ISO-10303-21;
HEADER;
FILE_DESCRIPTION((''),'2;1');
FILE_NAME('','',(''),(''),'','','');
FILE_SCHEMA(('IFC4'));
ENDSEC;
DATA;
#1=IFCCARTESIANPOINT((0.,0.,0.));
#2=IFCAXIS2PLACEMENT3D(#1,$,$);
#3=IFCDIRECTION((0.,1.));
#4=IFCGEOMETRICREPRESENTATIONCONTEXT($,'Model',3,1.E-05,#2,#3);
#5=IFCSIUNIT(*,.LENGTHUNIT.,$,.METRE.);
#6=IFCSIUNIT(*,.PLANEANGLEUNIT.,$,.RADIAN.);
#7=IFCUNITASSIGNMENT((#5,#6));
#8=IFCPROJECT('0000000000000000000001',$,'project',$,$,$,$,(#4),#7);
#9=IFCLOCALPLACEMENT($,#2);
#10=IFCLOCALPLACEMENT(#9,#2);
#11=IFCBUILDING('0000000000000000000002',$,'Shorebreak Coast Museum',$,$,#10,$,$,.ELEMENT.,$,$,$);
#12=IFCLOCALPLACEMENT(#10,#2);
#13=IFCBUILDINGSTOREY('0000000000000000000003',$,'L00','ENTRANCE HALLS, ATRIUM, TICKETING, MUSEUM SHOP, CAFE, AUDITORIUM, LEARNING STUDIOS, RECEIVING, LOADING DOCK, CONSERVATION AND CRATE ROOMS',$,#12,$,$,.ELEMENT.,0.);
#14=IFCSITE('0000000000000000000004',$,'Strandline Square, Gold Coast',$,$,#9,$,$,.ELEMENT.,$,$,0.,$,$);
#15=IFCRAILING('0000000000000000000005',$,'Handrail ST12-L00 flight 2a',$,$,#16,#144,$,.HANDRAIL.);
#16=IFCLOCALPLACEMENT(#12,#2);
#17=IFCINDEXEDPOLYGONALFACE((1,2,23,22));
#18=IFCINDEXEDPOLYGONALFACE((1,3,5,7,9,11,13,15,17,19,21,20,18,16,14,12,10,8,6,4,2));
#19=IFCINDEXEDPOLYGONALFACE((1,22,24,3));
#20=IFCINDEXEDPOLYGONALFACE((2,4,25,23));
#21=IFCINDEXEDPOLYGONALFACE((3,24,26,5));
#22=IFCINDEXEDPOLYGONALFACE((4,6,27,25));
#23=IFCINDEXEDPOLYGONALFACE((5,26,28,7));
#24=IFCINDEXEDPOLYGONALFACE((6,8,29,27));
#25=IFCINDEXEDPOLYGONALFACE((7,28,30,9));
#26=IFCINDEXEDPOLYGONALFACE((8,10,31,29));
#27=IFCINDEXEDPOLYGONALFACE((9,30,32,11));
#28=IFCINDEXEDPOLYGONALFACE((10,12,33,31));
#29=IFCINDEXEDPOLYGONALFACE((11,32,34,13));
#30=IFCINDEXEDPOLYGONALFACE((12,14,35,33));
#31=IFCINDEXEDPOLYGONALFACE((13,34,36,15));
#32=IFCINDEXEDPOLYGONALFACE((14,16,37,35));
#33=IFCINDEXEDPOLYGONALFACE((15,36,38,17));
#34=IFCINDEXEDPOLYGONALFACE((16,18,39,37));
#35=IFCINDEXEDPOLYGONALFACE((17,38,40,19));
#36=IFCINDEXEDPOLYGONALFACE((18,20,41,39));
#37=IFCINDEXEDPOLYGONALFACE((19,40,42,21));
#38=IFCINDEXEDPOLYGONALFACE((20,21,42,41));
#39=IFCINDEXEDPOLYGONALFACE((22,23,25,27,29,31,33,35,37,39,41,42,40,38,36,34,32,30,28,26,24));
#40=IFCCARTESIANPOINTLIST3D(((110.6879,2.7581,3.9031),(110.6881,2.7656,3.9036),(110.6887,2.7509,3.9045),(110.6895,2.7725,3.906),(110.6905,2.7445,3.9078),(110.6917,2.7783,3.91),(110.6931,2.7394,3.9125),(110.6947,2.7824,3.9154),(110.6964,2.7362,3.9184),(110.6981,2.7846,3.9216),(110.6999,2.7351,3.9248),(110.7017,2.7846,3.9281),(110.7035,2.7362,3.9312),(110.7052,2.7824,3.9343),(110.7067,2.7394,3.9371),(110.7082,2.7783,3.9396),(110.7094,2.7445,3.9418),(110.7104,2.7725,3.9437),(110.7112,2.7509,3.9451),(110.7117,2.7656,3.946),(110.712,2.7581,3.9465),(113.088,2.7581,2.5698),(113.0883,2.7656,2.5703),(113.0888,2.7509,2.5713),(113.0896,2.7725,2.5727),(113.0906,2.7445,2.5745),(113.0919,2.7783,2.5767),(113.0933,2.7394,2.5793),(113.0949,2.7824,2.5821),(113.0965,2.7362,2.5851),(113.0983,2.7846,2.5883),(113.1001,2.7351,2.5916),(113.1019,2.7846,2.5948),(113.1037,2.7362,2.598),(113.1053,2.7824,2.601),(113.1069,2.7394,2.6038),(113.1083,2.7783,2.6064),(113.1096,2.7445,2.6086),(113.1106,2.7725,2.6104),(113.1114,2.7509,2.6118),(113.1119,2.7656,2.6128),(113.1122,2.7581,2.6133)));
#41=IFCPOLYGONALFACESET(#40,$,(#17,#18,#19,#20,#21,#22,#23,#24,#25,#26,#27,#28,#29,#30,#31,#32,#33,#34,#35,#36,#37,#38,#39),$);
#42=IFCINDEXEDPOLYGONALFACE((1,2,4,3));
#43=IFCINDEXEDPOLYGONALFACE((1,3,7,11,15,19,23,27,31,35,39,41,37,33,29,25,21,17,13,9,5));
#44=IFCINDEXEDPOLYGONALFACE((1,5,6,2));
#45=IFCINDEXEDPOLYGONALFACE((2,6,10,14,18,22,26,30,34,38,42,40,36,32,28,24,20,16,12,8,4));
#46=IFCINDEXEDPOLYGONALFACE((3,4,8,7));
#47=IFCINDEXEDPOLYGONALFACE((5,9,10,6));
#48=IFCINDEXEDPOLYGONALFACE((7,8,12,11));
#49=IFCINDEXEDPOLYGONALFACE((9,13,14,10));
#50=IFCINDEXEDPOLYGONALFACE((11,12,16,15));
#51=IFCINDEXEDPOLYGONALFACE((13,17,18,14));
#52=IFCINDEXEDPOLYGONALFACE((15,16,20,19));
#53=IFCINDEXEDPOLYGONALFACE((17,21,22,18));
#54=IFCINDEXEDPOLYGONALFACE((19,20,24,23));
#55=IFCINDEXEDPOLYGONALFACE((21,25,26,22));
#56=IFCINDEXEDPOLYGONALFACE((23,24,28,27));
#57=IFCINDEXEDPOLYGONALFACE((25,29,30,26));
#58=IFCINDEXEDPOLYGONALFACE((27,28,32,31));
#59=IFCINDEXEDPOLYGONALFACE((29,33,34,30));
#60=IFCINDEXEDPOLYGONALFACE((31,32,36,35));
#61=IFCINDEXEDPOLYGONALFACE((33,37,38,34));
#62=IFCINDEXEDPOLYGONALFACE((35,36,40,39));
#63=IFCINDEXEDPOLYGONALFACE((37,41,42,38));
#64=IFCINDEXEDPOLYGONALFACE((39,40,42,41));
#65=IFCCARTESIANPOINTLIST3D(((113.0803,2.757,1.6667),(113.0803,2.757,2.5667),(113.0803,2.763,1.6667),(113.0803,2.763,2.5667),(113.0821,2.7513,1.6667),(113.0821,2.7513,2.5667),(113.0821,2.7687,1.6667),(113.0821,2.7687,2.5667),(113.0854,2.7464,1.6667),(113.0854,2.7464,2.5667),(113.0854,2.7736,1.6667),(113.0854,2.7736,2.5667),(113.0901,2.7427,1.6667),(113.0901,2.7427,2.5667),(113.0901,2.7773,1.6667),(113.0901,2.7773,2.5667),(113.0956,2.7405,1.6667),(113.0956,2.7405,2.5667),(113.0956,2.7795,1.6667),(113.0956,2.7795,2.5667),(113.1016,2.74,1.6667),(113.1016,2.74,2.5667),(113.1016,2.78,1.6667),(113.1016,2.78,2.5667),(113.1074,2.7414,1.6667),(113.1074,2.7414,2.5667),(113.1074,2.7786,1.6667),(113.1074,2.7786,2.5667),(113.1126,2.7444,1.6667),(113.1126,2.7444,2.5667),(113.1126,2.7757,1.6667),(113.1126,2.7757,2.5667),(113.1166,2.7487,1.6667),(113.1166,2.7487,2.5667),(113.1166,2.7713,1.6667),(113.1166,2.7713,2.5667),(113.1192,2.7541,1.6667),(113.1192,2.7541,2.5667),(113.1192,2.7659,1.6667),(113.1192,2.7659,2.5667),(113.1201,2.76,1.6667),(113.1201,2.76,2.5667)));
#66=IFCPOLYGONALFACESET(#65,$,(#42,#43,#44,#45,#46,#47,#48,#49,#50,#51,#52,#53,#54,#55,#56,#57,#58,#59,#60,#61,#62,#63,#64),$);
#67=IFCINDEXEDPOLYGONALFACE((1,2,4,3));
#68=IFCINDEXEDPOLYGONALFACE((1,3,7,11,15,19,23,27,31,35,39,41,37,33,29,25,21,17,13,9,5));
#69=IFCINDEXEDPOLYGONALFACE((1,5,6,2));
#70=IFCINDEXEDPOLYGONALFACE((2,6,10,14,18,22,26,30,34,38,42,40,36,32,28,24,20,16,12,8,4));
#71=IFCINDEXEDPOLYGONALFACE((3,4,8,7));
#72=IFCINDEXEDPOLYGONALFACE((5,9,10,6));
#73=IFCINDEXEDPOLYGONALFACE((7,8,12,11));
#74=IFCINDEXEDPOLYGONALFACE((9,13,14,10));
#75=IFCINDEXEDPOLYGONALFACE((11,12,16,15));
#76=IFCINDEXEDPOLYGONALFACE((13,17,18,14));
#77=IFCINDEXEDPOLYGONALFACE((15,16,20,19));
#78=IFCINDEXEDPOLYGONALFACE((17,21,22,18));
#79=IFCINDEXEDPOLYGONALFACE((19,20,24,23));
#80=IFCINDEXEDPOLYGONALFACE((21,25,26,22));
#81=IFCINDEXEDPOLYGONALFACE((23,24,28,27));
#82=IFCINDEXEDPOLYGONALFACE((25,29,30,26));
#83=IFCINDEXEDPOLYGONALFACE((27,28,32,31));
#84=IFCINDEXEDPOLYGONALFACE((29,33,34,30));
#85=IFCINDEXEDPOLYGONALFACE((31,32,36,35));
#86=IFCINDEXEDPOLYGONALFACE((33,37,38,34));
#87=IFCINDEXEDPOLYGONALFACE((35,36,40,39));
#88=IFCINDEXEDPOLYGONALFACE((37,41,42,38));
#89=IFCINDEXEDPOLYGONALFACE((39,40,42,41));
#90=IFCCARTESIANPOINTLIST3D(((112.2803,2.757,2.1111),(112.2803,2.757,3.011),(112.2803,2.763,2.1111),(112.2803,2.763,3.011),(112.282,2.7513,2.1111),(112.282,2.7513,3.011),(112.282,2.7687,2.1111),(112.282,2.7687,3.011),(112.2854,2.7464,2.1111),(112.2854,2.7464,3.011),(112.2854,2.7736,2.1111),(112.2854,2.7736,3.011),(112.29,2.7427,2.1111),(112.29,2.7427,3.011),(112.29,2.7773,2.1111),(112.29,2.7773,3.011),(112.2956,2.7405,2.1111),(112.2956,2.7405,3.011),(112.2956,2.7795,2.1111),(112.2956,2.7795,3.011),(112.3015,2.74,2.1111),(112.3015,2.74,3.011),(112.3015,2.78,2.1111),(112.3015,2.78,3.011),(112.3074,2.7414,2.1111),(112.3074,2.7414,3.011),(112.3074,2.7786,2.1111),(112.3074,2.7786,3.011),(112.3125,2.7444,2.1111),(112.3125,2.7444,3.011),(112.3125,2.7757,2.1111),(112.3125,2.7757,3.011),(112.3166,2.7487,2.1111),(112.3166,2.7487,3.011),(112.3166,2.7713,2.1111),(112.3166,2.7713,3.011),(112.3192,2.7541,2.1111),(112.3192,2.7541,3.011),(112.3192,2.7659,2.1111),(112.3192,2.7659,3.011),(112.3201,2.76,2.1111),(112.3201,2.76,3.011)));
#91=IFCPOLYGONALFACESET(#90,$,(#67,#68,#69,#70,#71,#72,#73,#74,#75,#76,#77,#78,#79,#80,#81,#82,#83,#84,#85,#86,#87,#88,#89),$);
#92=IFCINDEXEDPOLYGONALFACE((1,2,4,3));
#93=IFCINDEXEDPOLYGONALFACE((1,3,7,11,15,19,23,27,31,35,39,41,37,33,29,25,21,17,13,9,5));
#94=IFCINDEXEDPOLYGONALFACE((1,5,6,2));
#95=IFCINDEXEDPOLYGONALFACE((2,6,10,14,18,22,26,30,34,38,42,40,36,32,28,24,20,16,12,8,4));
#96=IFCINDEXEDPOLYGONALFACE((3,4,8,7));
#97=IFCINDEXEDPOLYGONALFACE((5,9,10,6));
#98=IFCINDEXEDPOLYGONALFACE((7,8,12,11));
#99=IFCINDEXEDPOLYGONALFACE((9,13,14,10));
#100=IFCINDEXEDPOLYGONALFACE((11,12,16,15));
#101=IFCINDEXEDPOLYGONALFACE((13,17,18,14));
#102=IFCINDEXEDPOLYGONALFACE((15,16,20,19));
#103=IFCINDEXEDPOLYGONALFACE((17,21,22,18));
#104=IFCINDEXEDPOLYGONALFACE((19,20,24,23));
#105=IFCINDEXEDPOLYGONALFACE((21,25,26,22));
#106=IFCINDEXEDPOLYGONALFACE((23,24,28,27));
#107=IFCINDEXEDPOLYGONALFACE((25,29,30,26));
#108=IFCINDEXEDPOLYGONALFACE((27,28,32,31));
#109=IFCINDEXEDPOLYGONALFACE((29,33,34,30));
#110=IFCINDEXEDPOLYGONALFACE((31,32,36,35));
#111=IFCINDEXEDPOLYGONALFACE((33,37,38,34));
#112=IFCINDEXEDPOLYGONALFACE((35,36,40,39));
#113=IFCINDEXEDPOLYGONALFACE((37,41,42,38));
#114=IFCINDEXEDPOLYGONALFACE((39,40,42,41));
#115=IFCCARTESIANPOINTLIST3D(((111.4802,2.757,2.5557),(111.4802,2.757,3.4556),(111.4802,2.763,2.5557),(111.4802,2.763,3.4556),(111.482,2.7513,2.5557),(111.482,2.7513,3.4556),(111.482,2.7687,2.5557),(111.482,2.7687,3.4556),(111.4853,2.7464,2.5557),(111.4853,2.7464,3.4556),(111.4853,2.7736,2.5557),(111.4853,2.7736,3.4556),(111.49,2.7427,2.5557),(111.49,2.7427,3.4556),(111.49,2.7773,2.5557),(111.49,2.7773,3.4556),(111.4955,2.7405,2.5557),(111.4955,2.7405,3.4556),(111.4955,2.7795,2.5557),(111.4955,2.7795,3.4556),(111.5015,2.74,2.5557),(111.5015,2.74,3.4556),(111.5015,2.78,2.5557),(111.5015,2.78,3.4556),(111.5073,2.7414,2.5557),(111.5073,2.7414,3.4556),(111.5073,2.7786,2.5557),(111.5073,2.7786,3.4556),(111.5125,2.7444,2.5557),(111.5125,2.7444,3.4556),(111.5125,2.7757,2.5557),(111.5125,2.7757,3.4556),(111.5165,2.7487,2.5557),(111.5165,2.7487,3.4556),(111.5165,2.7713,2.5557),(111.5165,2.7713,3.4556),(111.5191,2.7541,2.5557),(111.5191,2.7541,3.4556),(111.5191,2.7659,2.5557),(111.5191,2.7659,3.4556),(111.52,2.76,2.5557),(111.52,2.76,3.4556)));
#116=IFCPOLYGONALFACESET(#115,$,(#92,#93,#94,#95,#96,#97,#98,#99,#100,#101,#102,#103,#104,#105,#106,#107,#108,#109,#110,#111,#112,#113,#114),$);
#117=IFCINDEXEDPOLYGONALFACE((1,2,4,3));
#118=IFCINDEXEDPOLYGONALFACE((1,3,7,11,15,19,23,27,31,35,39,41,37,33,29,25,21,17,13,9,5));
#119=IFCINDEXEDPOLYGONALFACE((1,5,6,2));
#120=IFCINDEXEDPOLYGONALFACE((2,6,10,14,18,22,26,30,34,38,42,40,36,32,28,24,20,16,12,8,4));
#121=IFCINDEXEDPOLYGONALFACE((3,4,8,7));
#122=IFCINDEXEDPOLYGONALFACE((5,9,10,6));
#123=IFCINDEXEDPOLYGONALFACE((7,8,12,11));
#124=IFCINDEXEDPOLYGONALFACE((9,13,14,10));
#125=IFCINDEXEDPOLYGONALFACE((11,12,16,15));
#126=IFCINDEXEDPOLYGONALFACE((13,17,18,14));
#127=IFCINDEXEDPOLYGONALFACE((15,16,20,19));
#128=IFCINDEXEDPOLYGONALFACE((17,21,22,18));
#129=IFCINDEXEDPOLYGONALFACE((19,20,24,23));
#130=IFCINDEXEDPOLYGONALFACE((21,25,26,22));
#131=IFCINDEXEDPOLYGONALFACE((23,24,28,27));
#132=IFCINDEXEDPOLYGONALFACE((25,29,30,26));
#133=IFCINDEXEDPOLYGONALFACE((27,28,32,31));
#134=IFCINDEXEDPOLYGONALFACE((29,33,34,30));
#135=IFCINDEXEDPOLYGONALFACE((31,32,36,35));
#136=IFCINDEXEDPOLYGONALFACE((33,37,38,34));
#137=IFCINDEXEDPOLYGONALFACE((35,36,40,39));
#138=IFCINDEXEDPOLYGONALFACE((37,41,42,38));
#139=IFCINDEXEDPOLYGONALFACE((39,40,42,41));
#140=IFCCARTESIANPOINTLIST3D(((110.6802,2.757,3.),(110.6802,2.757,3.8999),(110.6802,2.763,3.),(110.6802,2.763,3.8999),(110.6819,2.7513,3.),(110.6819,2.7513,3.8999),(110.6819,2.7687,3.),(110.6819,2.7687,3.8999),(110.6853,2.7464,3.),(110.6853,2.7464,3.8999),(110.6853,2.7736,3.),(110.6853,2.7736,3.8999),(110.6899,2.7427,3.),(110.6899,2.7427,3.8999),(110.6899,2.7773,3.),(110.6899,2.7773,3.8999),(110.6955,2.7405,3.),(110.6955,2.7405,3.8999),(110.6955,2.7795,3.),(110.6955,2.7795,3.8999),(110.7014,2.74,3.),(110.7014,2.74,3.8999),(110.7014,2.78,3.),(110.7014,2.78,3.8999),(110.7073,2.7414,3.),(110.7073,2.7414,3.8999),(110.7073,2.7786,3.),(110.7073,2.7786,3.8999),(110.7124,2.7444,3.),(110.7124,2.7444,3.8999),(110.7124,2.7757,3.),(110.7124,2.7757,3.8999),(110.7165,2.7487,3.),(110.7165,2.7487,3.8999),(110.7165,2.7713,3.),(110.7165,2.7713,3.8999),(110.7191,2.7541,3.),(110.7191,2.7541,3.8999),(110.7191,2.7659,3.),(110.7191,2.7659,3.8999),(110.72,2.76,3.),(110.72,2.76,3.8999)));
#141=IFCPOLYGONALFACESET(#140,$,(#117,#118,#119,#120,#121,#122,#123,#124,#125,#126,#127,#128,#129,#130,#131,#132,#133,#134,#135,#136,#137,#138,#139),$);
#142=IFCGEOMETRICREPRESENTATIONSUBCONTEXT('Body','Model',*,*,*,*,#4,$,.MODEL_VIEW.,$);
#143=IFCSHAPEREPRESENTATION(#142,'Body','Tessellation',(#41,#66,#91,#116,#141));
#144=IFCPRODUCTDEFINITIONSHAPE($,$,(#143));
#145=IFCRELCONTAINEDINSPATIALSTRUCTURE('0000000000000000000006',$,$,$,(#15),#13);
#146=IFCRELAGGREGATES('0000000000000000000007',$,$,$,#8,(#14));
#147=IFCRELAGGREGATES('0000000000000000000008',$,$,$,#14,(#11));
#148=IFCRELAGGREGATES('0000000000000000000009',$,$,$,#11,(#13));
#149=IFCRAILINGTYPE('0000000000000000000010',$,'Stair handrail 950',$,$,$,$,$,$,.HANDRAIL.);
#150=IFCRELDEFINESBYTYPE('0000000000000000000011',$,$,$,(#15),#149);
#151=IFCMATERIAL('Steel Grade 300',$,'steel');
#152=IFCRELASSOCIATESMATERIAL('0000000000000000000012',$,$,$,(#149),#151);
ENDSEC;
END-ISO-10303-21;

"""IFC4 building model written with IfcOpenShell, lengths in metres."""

from ifc_helpers import new_model, si_unit, direction, frame, origin, origin_2d, place, context, subcontext, project, spatial, circle, extrude, material, type_object, element, save


model = new_model("IFC4")

# Units and contexts
model_context = context("Model", 3, precision=1e-05, world=origin(), true_north=direction((0.0, 1.0)))
body_context = subcontext(model_context, "Body", "Model", "MODEL_VIEW")
ifc_project = project(units=[si_unit("LENGTHUNIT", "METRE"), si_unit("PLANEANGLEUNIT", "RADIAN")], contexts=[model_context])

# Site, building, storey
site_placement = place(None, origin())
site = spatial("IfcSite", under=ifc_project, at=site_placement, Name="Strandline Square, Gold Coast", CompositionType="ELEMENT", RefElevation=0.0)
building_placement = place(site_placement, origin())
building = spatial("IfcBuilding", under=site, at=building_placement, Name="Shorebreak Coast Museum", CompositionType="ELEMENT")
storey_placement = place(building_placement, origin())
storey = spatial("IfcBuildingStorey", under=building, at=storey_placement, Name="L00", Description="ENTRANCE HALLS, ATRIUM, TICKETING, MUSEUM SHOP, CAFE, AUDITORIUM, LEARNING STUDIOS, RECEIVING, LOADING DOCK, CONSERVATION AND CRATE ROOMS", CompositionType="ELEMENT", Elevation=0.0)

# Railing
ifc_material_1 = material(Name="Steel Grade 300", Category="steel")
railing_type_1 = type_object("IfcRailingType", Name="Stair handrail 950", PredefinedType="HANDRAIL", material=ifc_material_1)
for number, where, name in (
    (1, (113.1001, 2.76, 1.6667), "Handrail ST12-L00 flight 2a"),
):
    element("IfcRailing", number, at=place(storey_placement, frame(where)), inside=storey, type_object=railing_type_1, Name=name, PredefinedType="HANDRAIL", context=body_context, shape_type="SweptSolid", body=[
        extrude(circle(Radius=0.0249, at=origin_2d()), frame((0.0, 0.0, 0.9248), z_axis=(-0.874182, 0.0, 0.485598), x_axis=(0.0, -1.0, 0.0)), (0.0, 0.0, 1.0), 2.7456),
        extrude(circle(Radius=0.02, at=origin_2d()), origin(), (0.0, 0.0, 1.0), 0.8999),
        extrude(circle(Radius=0.02, at=origin_2d()), frame((-0.8, 0.0, 0.4443)), (0.0, 0.0, 1.0), 0.8999),
        extrude(circle(Radius=0.02, at=origin_2d()), frame((-1.6001, 0.0, 0.8889)), (0.0, 0.0, 1.0), 0.8999),
        extrude(circle(Radius=0.02, at=origin_2d()), frame((-2.4001, 0.0, 1.3333)), (0.0, 0.0, 1.0), 0.8999),
    ])

save(model, "model.ifc")
